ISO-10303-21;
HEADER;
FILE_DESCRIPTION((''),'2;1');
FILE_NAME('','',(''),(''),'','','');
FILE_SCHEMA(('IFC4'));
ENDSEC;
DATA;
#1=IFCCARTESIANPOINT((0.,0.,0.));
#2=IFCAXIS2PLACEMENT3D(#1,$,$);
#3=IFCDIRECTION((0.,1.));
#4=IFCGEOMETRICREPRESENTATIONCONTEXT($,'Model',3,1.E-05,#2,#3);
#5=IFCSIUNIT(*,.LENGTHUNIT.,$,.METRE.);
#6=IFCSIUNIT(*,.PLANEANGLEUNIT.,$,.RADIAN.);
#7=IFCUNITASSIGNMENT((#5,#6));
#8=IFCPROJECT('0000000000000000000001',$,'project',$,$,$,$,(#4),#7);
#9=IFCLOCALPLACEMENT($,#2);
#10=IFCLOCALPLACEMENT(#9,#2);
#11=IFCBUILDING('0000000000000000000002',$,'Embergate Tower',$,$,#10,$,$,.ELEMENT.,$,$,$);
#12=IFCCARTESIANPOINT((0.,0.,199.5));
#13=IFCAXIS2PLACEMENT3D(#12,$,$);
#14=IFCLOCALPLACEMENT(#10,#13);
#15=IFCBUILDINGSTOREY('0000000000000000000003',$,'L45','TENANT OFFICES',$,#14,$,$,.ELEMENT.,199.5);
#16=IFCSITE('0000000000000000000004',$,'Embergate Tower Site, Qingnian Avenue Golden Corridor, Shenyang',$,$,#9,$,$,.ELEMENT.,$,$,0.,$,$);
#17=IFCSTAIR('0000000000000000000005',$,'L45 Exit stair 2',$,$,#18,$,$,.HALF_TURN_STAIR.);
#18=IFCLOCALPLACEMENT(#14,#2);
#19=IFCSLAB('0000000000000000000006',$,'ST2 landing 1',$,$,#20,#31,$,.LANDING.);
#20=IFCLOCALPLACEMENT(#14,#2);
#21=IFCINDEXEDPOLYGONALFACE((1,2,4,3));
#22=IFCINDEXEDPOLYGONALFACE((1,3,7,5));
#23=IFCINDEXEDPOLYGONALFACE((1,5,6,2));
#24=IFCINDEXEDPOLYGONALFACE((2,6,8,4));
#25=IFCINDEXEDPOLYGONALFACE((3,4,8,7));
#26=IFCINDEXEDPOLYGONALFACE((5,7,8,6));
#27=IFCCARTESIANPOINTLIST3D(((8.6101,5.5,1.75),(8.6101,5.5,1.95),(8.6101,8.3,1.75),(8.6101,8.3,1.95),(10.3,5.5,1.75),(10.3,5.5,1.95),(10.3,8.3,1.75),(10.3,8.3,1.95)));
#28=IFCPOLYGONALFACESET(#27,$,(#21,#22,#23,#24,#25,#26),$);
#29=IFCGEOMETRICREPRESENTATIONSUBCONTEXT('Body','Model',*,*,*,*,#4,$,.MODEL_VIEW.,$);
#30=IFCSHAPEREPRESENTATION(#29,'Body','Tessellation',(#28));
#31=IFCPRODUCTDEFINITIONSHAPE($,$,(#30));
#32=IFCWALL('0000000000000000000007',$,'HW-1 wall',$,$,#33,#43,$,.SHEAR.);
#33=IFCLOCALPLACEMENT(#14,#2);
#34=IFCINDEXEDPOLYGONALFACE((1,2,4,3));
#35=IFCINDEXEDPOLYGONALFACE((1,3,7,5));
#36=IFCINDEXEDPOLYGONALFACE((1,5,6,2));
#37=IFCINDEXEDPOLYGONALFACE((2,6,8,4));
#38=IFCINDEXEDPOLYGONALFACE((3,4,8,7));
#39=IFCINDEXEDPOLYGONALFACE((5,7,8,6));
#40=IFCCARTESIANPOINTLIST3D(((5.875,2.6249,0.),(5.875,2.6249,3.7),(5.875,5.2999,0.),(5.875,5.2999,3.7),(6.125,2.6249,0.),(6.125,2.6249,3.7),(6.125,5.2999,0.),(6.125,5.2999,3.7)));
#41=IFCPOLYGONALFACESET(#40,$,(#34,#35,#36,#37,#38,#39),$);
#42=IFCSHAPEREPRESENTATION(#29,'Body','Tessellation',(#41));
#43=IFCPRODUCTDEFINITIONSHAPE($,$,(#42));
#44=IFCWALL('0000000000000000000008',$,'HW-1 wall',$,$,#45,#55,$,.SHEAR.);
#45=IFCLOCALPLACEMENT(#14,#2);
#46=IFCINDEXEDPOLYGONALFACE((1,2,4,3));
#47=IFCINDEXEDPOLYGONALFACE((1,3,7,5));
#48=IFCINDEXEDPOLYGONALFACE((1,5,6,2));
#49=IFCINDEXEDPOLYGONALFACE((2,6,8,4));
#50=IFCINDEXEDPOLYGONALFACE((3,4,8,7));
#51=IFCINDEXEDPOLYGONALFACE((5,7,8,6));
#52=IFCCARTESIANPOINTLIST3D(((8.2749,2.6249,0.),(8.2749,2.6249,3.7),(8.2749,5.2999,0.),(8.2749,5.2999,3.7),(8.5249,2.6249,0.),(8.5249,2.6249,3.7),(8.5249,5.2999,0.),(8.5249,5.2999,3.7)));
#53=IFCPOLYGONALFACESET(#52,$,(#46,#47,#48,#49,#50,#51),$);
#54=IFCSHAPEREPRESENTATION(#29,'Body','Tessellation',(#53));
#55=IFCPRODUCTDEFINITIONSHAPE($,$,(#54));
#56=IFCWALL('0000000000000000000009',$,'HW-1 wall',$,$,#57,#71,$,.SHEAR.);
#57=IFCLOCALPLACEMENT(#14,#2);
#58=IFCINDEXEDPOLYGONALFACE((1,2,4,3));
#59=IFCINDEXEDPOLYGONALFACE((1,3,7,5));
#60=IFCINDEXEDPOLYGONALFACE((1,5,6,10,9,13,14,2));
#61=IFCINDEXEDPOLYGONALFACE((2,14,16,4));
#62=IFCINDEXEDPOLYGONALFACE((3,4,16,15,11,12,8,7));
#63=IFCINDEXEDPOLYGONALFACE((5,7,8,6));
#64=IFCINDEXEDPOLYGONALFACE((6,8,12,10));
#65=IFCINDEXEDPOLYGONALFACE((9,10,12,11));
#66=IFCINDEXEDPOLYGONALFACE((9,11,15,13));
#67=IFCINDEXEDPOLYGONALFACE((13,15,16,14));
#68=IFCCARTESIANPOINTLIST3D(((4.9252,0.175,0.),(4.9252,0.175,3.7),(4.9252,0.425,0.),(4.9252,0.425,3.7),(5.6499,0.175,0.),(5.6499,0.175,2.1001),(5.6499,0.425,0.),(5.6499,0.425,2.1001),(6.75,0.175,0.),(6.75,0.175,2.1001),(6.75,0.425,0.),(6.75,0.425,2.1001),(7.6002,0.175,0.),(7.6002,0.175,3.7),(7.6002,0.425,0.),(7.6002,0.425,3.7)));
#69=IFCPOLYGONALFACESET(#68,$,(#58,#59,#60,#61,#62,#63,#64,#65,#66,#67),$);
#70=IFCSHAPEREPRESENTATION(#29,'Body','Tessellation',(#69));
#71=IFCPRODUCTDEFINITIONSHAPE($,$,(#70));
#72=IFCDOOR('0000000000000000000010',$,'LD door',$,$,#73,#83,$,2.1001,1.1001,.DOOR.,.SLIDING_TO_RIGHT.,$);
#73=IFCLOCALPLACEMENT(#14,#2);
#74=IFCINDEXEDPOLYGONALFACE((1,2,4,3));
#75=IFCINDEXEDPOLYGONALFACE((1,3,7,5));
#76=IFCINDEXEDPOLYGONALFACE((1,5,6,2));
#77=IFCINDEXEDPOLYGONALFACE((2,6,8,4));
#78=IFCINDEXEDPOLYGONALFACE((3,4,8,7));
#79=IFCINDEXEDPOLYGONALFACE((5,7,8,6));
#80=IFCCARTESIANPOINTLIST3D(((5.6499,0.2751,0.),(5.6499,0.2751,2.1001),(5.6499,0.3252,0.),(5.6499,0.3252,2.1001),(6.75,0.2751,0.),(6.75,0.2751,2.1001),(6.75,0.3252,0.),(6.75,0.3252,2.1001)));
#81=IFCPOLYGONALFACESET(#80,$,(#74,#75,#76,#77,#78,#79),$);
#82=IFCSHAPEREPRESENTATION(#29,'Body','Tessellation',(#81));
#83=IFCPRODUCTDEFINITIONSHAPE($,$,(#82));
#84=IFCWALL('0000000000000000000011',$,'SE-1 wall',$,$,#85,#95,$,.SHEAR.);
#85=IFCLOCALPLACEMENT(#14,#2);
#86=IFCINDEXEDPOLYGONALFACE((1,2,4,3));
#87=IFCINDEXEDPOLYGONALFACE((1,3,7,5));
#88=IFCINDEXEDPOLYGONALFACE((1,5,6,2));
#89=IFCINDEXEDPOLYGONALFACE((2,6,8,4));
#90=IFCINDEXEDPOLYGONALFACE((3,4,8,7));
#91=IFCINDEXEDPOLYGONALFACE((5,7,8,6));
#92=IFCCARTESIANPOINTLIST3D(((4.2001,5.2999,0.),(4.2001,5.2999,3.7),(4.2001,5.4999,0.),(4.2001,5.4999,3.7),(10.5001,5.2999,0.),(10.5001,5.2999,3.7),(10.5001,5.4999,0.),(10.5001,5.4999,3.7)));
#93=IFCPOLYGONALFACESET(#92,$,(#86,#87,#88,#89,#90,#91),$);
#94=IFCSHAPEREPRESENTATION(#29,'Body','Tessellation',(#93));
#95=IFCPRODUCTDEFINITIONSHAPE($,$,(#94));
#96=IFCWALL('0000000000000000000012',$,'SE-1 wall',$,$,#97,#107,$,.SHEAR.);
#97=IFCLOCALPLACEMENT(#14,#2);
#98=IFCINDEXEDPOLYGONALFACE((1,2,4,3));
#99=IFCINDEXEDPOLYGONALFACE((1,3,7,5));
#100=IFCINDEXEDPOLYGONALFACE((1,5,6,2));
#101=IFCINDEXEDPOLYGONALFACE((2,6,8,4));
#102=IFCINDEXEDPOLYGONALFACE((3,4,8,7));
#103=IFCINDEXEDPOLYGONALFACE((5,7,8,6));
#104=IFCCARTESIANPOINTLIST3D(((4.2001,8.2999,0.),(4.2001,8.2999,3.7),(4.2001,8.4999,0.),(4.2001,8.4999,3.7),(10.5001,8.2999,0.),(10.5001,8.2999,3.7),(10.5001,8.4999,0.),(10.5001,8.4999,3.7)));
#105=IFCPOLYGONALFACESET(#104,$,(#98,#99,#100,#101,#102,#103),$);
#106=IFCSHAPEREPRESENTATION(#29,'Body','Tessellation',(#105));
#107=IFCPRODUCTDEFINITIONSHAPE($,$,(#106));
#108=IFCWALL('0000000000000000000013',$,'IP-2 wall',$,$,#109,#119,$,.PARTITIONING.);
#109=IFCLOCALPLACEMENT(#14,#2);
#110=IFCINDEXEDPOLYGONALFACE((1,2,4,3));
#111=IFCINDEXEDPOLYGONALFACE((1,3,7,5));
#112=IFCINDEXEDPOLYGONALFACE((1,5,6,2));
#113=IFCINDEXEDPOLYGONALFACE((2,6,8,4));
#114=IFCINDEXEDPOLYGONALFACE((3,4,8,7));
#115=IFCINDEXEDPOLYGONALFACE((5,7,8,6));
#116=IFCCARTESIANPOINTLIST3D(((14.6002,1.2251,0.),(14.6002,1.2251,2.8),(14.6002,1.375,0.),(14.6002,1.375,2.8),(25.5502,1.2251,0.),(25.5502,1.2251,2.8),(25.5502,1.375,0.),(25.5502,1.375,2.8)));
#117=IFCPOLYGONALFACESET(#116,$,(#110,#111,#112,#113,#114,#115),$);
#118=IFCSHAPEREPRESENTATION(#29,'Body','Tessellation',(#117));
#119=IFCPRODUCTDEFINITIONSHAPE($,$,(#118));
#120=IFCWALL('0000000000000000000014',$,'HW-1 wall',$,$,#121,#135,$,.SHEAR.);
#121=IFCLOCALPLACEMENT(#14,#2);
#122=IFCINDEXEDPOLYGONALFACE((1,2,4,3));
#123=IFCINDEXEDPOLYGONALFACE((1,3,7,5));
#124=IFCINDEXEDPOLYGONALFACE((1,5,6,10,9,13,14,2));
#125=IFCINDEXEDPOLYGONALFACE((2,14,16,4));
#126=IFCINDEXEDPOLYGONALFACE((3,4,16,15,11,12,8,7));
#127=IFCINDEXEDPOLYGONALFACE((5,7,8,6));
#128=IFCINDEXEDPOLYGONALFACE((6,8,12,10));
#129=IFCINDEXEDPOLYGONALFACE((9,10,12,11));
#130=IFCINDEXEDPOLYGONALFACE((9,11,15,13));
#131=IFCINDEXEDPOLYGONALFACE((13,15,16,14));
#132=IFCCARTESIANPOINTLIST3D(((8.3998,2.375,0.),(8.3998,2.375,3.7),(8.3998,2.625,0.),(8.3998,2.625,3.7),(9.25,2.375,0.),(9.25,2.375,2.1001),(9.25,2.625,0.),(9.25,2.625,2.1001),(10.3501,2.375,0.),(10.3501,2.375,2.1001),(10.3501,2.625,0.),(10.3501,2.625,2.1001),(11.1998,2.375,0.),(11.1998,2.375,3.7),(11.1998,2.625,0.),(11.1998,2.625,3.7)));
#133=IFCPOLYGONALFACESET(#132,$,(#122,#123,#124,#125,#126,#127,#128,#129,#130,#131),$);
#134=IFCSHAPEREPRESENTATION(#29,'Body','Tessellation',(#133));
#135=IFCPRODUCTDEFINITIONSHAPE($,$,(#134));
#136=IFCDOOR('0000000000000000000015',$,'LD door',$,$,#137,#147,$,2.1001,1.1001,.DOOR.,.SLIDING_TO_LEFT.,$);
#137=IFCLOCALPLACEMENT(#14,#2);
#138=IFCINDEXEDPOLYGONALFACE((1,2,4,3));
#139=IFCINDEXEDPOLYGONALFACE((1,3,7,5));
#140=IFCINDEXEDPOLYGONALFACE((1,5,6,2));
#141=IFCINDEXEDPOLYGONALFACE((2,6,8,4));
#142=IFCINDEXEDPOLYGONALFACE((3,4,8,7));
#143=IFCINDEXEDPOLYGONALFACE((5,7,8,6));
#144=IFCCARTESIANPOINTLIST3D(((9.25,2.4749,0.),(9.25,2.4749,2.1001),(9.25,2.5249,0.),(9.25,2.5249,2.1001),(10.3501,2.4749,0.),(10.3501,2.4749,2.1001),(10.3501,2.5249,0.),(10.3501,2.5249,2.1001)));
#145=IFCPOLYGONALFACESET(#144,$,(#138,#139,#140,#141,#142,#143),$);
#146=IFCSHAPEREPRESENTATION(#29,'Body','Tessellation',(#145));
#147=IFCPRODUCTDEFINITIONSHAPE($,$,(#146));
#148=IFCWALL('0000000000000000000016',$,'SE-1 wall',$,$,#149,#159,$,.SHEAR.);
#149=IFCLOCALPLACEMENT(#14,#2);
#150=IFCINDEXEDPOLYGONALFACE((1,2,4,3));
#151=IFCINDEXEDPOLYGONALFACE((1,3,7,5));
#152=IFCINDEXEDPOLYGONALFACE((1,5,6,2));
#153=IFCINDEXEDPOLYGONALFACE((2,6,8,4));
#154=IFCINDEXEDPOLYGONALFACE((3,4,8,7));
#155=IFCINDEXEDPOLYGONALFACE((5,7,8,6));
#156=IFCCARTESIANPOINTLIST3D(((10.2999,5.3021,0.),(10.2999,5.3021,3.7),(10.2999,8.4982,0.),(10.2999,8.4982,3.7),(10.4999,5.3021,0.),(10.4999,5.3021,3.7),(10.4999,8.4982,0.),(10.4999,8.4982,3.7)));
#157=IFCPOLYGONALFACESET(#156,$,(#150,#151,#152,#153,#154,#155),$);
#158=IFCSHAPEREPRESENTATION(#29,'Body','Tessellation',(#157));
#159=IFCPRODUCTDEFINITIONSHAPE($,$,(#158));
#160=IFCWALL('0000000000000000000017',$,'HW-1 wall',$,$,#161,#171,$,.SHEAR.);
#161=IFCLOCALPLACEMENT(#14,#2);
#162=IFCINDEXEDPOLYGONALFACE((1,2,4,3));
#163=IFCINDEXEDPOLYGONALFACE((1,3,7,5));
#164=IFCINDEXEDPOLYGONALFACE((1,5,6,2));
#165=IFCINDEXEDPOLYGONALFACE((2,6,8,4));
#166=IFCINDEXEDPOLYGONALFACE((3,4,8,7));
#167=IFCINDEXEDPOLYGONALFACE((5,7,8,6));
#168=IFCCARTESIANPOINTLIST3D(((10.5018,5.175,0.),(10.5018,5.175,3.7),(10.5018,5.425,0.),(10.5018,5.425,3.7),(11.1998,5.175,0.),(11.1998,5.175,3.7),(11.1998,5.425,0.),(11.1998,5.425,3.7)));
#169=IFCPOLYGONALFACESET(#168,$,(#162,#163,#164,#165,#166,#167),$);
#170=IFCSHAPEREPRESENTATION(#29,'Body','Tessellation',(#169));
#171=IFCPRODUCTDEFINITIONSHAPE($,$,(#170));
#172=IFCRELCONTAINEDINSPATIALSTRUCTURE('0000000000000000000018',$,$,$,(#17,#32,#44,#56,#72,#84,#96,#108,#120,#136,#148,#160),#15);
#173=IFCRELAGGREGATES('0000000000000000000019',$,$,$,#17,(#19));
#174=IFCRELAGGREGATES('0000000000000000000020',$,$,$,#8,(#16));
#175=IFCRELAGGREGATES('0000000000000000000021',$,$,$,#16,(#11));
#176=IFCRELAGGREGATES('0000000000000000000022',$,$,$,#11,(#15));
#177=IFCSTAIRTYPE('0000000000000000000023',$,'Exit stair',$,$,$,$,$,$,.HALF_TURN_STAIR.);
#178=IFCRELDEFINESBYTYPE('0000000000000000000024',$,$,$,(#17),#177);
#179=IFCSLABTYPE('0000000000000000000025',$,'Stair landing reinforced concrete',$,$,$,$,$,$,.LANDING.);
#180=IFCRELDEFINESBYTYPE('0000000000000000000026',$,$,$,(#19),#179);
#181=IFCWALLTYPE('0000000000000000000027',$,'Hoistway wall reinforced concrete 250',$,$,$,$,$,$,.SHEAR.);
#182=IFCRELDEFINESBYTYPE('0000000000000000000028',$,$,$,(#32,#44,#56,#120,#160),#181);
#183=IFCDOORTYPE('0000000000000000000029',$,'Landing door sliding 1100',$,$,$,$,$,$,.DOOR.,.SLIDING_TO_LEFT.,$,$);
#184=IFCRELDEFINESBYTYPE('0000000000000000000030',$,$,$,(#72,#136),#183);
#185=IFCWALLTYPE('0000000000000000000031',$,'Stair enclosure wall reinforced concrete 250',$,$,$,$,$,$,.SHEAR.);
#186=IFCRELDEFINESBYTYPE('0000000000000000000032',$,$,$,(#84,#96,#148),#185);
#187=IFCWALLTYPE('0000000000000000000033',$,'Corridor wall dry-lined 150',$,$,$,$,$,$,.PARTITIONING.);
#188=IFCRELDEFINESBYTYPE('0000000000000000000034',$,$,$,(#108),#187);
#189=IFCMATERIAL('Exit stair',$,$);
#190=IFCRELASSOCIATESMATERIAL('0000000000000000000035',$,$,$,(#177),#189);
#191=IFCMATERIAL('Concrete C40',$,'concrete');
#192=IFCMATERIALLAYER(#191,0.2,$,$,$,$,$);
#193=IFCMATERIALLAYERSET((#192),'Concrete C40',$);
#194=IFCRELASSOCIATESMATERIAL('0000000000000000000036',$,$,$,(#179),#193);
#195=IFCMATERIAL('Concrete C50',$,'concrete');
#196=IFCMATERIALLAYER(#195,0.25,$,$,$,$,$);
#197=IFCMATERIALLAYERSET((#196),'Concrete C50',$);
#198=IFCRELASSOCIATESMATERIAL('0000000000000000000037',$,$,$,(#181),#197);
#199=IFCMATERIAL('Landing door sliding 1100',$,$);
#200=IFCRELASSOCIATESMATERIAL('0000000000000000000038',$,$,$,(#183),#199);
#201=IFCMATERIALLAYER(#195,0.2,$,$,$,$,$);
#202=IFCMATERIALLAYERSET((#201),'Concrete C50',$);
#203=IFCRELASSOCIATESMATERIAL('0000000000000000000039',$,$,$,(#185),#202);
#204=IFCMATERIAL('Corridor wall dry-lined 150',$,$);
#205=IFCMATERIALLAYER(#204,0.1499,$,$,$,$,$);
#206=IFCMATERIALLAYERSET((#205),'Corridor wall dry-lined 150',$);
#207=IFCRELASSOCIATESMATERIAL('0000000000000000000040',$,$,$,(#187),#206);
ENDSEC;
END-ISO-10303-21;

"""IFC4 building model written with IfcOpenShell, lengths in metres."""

from ifc_helpers import new_model, si_unit, direction, frame, frame_2d, origin, place, context, subcontext, project, spatial, polyline, rectangle, outline, extrude, source, transform, mapped, material, layer, layer_set, type_object, element, fill, aggregate, save


model = new_model("IFC4")

# Units and contexts
model_context = context("Model", 3, precision=1e-05, world=origin(), true_north=direction((0.0, 1.0)))
body_context = subcontext(model_context, "Body", "Model", "MODEL_VIEW")
ifc_project = project(units=[si_unit("LENGTHUNIT", "METRE"), si_unit("PLANEANGLEUNIT", "RADIAN")], contexts=[model_context])

# Site, building, storey
site_placement = place(None, origin())
site = spatial("IfcSite", under=ifc_project, at=site_placement, Name="Embergate Tower Site, Qingnian Avenue Golden Corridor, Shenyang", CompositionType="ELEMENT", RefElevation=0.0)
building_placement = place(site_placement, origin())
building = spatial("IfcBuilding", under=site, at=building_placement, Name="Embergate Tower", CompositionType="ELEMENT")
storey_placement = place(building_placement, frame((0.0, 0.0, 199.5)))
storey = spatial("IfcBuildingStorey", under=building, at=storey_placement, Name="L45", Description="TENANT OFFICES", CompositionType="ELEMENT", Elevation=199.5)

# Stair, slab
ifc_material_1 = material(Name="Exit stair")
stair_type = type_object("IfcStairType", Name="Exit stair", PredefinedType="HALF_TURN_STAIR", material=ifc_material_1)
stair_placement = place(storey_placement, origin())
stair = element("IfcStair", 1, at=stair_placement, inside=storey, type_object=stair_type, Name="L45 Exit stair 2", PredefinedType="HALF_TURN_STAIR")
ifc_material_2 = material(Name="Concrete C40", Category="concrete")
ifc_layer_1 = layer(ifc_material_2, 0.2)
ifc_layer_set_1 = layer_set([ifc_layer_1], Name="Concrete C40")
slab_type = type_object("IfcSlabType", Name="Stair landing reinforced concrete", PredefinedType="LANDING", material=ifc_layer_set_1)
shared_shape_1 = source(origin(), body_context, "Body", "SweptSolid", [
    extrude(outline(polyline([(0.0, 0.0), (1.6899, 0.0), (1.6899, 2.8), (0.0, 2.8), (0.0, 0.0)])), origin(), (0.0, 0.0, 1.0), 0.2),
])
slab_placement = place(storey_placement, frame((8.6101, 5.5, 1.75)))
slab = element("IfcSlab", 2, at=slab_placement, type_object=slab_type, Name="ST2 landing 1", PredefinedType="LANDING", context=body_context, shape_type="MappedRepresentation", body=[
    mapped(shared_shape_1, transform((0.0, 0.0, 0.0))),
])

# Walls
ifc_material_3 = material(Name="Concrete C50", Category="concrete")
ifc_layer_2 = layer(ifc_material_3, 0.25)
ifc_layer_set_2 = layer_set([ifc_layer_2], Name="Concrete C50")
wall_type_1 = type_object("IfcWallType", Name="Hoistway wall reinforced concrete 250", PredefinedType="SHEAR", material=ifc_layer_set_2)
shared_shape_2 = source(origin(), body_context, "Body", "SweptSolid", [
    extrude(rectangle(XDim=2.675, YDim=0.25, at=frame_2d((1.3374, 0.0))), origin(), (0.0, 0.0, 1.0), 3.7),
])
for number, where, z_axis, x_axis, name in (
    (3, (6.0, 2.625, 0.0), (0.0, 0.0, 1.0), (0.0, 1.0, 0.0), "HW-1 wall"),
    (4, (8.3999, 2.625, 0.0), (0.0, 0.0, 1.0), (0.0, 1.0, 0.0), "HW-1 wall"),
):
    element("IfcWall", number, at=place(storey_placement, frame(where, z_axis=z_axis, x_axis=x_axis)), inside=storey, type_object=wall_type_1, Name=name, PredefinedType="SHEAR", context=body_context, shape_type="MappedRepresentation", body=[
        mapped(shared_shape_2, transform((0.0, 0.0, 0.0))),
    ])

# Wall, opening, door
wall_1_placement = place(storey_placement, frame((7.6001, 0.3, 0.0), z_axis=(0.0, 0.0, 1.0), x_axis=(-1.0, 0.0, 0.0)))
wall_1 = element("IfcWall", 5, at=wall_1_placement, inside=storey, type_object=wall_type_1, Name="HW-1 wall", PredefinedType="SHEAR", context=body_context, shape_type="MappedRepresentation", body=[
    mapped(shared_shape_2, transform((0.0, 0.0, 0.0))),
])
shared_shape_3 = source(origin(), body_context, "Body", "SweptSolid", [
    extrude(rectangle(XDim=1.1001, YDim=2.1001, at=frame_2d((0.55, 1.05))), frame((0.0, 0.135, 0.0), z_axis=(0.0, -1.0, 0.0), x_axis=(1.0, 0.0, 0.0)), (0.0, 0.0, 1.0), 0.27),
])
opening_1_placement = place(wall_1_placement, frame((0.8501, 0.0, 0.0)))
opening_1 = element("IfcOpeningElement", 6, at=opening_1_placement, cuts=wall_1, PredefinedType="OPENING", context=body_context, shape_type="MappedRepresentation", body=[
    mapped(shared_shape_3, transform((0.0, 0.0, 0.0))),
])
ifc_material_4 = material(Name="Landing door sliding 1100")
door_type = type_object("IfcDoorType", Name="Landing door sliding 1100", OperationType="SLIDING_TO_LEFT", PredefinedType="DOOR", material=ifc_material_4)
shared_shape_4 = source(origin(), body_context, "Body", "SweptSolid", [
    extrude(rectangle(XDim=1.1001, YDim=2.1001, at=frame_2d((0.55, 1.05))), frame((0.0, 0.0249, 0.0), z_axis=(0.0, -1.0, 0.0), x_axis=(1.0, 0.0, 0.0)), (0.0, 0.0, 1.0), 0.05),
])
door_1_placement = place(opening_1_placement, origin())
door_1 = element("IfcDoor", 7, at=door_1_placement, inside=storey, type_object=door_type, Name="LD door", OperationType="SLIDING_TO_RIGHT", OverallHeight=2.1001, OverallWidth=1.1001, PredefinedType="DOOR", context=body_context, shape_type="MappedRepresentation", body=[
    mapped(shared_shape_4, transform((0.0, 0.0, 0.0))),
])
fill(opening_1, door_1)

# Walls
ifc_layer_3 = layer(ifc_material_3, 0.2)
ifc_layer_set_3 = layer_set([ifc_layer_3], Name="Concrete C50")
wall_type_2 = type_object("IfcWallType", Name="Stair enclosure wall reinforced concrete 250", PredefinedType="SHEAR", material=ifc_layer_set_3)
shared_shape_5 = source(origin(), body_context, "Body", "SweptSolid", [
    extrude(rectangle(XDim=6.3, YDim=0.2, at=frame_2d((3.1499, 0.0))), origin(), (0.0, 0.0, 1.0), 3.7),
])
for number, where, z_axis, x_axis, name in (
    (8, (10.5, 5.3999, 0.0), (0.0, 0.0, 1.0), (-1.0, 0.0, 0.0), "SE-1 wall"),
    (9, (10.5, 8.3999, 0.0), (0.0, 0.0, 1.0), (-1.0, 0.0, 0.0), "SE-1 wall"),
):
    element("IfcWall", number, at=place(storey_placement, frame(where, z_axis=z_axis, x_axis=x_axis)), inside=storey, type_object=wall_type_2, Name=name, PredefinedType="SHEAR", context=body_context, shape_type="MappedRepresentation", body=[
        mapped(shared_shape_5, transform((0.0, 0.0, 0.0))),
    ])
ifc_material_5 = material(Name="Corridor wall dry-lined 150")
ifc_layer_4 = layer(ifc_material_5, 0.1499)
ifc_layer_set_4 = layer_set([ifc_layer_4], Name="Corridor wall dry-lined 150")
wall_type_3 = type_object("IfcWallType", Name="Corridor wall dry-lined 150", PredefinedType="PARTITIONING", material=ifc_layer_set_4)
shared_shape_6 = source(origin(), body_context, "Body", "SweptSolid", [
    extrude(rectangle(XDim=10.95, YDim=0.1499, at=frame_2d((5.4751, 0.0))), origin(), (0.0, 0.0, 1.0), 2.8),
])
wall_2_placement = place(storey_placement, frame((14.6001, 1.3, 0.0), z_axis=(0.0, 0.0, 1.0), x_axis=(1.0, 0.0, 0.0)))
element("IfcWall", 10, at=wall_2_placement, inside=storey, type_object=wall_type_3, Name="IP-2 wall", PredefinedType="PARTITIONING", context=body_context, shape_type="MappedRepresentation", body=[
    mapped(shared_shape_6, transform((0.0, 0.0, 0.0))),
])

# Wall, opening, door
shared_shape_7 = source(origin(), body_context, "Body", "SweptSolid", [
    extrude(rectangle(XDim=2.8, YDim=0.25, at=frame_2d((1.3999, 0.0))), origin(), (0.0, 0.0, 1.0), 3.7),
])
wall_3_placement = place(storey_placement, frame((8.3999, 2.5, 0.0), z_axis=(0.0, 0.0, 1.0), x_axis=(1.0, 0.0, 0.0)))
wall_3 = element("IfcWall", 11, at=wall_3_placement, inside=storey, type_object=wall_type_1, Name="HW-1 wall", PredefinedType="SHEAR", context=body_context, shape_type="MappedRepresentation", body=[
    mapped(shared_shape_7, transform((0.0, 0.0, 0.0))),
])
opening_2_placement = place(wall_3_placement, frame((0.8501, 0.0, 0.0)))
opening_2 = element("IfcOpeningElement", 12, at=opening_2_placement, cuts=wall_3, PredefinedType="OPENING", context=body_context, shape_type="MappedRepresentation", body=[
    mapped(shared_shape_3, transform((0.0, 0.0, 0.0))),
])
door_2_placement = place(opening_2_placement, origin())
door_2 = element("IfcDoor", 13, at=door_2_placement, inside=storey, type_object=door_type, Name="LD door", OperationType="SLIDING_TO_LEFT", OverallHeight=2.1001, OverallWidth=1.1001, PredefinedType="DOOR", context=body_context, shape_type="MappedRepresentation", body=[
    mapped(shared_shape_4, transform((0.0, 0.0, 0.0))),
])
fill(opening_2, door_2)

# Walls
shared_shape_8 = source(origin(), body_context, "Body", "SweptSolid", [
    extrude(rectangle(XDim=3.196, YDim=0.2, at=frame_2d((1.5981, 0.0))), origin(), (0.0, 0.0, 1.0), 3.7),
])
wall_4_placement = place(storey_placement, frame((10.3999, 5.302, 0.0), z_axis=(0.0, 0.0, 1.0), x_axis=(0.0, 1.0, 0.0)))
element("IfcWall", 14, at=wall_4_placement, inside=storey, type_object=wall_type_2, Name="SE-1 wall", PredefinedType="SHEAR", context=body_context, shape_type="MappedRepresentation", body=[
    mapped(shared_shape_8, transform((0.0, 0.0, 0.0))),
])
shared_shape_9 = source(origin(), body_context, "Body", "SweptSolid", [
    extrude(rectangle(XDim=0.698, YDim=0.25, at=frame_2d((0.3491, 0.0))), origin(), (0.0, 0.0, 1.0), 3.7),
])
wall_5_placement = place(storey_placement, frame((11.2, 5.3, 0.0), z_axis=(0.0, 0.0, 1.0), x_axis=(-1.0, 0.0, 0.0)))
element("IfcWall", 15, at=wall_5_placement, inside=storey, type_object=wall_type_1, Name="HW-1 wall", PredefinedType="SHEAR", context=body_context, shape_type="MappedRepresentation", body=[
    mapped(shared_shape_9, transform((0.0, 0.0, 0.0))),
])

aggregate(stair, [slab])

save(model, "model.ifc")
